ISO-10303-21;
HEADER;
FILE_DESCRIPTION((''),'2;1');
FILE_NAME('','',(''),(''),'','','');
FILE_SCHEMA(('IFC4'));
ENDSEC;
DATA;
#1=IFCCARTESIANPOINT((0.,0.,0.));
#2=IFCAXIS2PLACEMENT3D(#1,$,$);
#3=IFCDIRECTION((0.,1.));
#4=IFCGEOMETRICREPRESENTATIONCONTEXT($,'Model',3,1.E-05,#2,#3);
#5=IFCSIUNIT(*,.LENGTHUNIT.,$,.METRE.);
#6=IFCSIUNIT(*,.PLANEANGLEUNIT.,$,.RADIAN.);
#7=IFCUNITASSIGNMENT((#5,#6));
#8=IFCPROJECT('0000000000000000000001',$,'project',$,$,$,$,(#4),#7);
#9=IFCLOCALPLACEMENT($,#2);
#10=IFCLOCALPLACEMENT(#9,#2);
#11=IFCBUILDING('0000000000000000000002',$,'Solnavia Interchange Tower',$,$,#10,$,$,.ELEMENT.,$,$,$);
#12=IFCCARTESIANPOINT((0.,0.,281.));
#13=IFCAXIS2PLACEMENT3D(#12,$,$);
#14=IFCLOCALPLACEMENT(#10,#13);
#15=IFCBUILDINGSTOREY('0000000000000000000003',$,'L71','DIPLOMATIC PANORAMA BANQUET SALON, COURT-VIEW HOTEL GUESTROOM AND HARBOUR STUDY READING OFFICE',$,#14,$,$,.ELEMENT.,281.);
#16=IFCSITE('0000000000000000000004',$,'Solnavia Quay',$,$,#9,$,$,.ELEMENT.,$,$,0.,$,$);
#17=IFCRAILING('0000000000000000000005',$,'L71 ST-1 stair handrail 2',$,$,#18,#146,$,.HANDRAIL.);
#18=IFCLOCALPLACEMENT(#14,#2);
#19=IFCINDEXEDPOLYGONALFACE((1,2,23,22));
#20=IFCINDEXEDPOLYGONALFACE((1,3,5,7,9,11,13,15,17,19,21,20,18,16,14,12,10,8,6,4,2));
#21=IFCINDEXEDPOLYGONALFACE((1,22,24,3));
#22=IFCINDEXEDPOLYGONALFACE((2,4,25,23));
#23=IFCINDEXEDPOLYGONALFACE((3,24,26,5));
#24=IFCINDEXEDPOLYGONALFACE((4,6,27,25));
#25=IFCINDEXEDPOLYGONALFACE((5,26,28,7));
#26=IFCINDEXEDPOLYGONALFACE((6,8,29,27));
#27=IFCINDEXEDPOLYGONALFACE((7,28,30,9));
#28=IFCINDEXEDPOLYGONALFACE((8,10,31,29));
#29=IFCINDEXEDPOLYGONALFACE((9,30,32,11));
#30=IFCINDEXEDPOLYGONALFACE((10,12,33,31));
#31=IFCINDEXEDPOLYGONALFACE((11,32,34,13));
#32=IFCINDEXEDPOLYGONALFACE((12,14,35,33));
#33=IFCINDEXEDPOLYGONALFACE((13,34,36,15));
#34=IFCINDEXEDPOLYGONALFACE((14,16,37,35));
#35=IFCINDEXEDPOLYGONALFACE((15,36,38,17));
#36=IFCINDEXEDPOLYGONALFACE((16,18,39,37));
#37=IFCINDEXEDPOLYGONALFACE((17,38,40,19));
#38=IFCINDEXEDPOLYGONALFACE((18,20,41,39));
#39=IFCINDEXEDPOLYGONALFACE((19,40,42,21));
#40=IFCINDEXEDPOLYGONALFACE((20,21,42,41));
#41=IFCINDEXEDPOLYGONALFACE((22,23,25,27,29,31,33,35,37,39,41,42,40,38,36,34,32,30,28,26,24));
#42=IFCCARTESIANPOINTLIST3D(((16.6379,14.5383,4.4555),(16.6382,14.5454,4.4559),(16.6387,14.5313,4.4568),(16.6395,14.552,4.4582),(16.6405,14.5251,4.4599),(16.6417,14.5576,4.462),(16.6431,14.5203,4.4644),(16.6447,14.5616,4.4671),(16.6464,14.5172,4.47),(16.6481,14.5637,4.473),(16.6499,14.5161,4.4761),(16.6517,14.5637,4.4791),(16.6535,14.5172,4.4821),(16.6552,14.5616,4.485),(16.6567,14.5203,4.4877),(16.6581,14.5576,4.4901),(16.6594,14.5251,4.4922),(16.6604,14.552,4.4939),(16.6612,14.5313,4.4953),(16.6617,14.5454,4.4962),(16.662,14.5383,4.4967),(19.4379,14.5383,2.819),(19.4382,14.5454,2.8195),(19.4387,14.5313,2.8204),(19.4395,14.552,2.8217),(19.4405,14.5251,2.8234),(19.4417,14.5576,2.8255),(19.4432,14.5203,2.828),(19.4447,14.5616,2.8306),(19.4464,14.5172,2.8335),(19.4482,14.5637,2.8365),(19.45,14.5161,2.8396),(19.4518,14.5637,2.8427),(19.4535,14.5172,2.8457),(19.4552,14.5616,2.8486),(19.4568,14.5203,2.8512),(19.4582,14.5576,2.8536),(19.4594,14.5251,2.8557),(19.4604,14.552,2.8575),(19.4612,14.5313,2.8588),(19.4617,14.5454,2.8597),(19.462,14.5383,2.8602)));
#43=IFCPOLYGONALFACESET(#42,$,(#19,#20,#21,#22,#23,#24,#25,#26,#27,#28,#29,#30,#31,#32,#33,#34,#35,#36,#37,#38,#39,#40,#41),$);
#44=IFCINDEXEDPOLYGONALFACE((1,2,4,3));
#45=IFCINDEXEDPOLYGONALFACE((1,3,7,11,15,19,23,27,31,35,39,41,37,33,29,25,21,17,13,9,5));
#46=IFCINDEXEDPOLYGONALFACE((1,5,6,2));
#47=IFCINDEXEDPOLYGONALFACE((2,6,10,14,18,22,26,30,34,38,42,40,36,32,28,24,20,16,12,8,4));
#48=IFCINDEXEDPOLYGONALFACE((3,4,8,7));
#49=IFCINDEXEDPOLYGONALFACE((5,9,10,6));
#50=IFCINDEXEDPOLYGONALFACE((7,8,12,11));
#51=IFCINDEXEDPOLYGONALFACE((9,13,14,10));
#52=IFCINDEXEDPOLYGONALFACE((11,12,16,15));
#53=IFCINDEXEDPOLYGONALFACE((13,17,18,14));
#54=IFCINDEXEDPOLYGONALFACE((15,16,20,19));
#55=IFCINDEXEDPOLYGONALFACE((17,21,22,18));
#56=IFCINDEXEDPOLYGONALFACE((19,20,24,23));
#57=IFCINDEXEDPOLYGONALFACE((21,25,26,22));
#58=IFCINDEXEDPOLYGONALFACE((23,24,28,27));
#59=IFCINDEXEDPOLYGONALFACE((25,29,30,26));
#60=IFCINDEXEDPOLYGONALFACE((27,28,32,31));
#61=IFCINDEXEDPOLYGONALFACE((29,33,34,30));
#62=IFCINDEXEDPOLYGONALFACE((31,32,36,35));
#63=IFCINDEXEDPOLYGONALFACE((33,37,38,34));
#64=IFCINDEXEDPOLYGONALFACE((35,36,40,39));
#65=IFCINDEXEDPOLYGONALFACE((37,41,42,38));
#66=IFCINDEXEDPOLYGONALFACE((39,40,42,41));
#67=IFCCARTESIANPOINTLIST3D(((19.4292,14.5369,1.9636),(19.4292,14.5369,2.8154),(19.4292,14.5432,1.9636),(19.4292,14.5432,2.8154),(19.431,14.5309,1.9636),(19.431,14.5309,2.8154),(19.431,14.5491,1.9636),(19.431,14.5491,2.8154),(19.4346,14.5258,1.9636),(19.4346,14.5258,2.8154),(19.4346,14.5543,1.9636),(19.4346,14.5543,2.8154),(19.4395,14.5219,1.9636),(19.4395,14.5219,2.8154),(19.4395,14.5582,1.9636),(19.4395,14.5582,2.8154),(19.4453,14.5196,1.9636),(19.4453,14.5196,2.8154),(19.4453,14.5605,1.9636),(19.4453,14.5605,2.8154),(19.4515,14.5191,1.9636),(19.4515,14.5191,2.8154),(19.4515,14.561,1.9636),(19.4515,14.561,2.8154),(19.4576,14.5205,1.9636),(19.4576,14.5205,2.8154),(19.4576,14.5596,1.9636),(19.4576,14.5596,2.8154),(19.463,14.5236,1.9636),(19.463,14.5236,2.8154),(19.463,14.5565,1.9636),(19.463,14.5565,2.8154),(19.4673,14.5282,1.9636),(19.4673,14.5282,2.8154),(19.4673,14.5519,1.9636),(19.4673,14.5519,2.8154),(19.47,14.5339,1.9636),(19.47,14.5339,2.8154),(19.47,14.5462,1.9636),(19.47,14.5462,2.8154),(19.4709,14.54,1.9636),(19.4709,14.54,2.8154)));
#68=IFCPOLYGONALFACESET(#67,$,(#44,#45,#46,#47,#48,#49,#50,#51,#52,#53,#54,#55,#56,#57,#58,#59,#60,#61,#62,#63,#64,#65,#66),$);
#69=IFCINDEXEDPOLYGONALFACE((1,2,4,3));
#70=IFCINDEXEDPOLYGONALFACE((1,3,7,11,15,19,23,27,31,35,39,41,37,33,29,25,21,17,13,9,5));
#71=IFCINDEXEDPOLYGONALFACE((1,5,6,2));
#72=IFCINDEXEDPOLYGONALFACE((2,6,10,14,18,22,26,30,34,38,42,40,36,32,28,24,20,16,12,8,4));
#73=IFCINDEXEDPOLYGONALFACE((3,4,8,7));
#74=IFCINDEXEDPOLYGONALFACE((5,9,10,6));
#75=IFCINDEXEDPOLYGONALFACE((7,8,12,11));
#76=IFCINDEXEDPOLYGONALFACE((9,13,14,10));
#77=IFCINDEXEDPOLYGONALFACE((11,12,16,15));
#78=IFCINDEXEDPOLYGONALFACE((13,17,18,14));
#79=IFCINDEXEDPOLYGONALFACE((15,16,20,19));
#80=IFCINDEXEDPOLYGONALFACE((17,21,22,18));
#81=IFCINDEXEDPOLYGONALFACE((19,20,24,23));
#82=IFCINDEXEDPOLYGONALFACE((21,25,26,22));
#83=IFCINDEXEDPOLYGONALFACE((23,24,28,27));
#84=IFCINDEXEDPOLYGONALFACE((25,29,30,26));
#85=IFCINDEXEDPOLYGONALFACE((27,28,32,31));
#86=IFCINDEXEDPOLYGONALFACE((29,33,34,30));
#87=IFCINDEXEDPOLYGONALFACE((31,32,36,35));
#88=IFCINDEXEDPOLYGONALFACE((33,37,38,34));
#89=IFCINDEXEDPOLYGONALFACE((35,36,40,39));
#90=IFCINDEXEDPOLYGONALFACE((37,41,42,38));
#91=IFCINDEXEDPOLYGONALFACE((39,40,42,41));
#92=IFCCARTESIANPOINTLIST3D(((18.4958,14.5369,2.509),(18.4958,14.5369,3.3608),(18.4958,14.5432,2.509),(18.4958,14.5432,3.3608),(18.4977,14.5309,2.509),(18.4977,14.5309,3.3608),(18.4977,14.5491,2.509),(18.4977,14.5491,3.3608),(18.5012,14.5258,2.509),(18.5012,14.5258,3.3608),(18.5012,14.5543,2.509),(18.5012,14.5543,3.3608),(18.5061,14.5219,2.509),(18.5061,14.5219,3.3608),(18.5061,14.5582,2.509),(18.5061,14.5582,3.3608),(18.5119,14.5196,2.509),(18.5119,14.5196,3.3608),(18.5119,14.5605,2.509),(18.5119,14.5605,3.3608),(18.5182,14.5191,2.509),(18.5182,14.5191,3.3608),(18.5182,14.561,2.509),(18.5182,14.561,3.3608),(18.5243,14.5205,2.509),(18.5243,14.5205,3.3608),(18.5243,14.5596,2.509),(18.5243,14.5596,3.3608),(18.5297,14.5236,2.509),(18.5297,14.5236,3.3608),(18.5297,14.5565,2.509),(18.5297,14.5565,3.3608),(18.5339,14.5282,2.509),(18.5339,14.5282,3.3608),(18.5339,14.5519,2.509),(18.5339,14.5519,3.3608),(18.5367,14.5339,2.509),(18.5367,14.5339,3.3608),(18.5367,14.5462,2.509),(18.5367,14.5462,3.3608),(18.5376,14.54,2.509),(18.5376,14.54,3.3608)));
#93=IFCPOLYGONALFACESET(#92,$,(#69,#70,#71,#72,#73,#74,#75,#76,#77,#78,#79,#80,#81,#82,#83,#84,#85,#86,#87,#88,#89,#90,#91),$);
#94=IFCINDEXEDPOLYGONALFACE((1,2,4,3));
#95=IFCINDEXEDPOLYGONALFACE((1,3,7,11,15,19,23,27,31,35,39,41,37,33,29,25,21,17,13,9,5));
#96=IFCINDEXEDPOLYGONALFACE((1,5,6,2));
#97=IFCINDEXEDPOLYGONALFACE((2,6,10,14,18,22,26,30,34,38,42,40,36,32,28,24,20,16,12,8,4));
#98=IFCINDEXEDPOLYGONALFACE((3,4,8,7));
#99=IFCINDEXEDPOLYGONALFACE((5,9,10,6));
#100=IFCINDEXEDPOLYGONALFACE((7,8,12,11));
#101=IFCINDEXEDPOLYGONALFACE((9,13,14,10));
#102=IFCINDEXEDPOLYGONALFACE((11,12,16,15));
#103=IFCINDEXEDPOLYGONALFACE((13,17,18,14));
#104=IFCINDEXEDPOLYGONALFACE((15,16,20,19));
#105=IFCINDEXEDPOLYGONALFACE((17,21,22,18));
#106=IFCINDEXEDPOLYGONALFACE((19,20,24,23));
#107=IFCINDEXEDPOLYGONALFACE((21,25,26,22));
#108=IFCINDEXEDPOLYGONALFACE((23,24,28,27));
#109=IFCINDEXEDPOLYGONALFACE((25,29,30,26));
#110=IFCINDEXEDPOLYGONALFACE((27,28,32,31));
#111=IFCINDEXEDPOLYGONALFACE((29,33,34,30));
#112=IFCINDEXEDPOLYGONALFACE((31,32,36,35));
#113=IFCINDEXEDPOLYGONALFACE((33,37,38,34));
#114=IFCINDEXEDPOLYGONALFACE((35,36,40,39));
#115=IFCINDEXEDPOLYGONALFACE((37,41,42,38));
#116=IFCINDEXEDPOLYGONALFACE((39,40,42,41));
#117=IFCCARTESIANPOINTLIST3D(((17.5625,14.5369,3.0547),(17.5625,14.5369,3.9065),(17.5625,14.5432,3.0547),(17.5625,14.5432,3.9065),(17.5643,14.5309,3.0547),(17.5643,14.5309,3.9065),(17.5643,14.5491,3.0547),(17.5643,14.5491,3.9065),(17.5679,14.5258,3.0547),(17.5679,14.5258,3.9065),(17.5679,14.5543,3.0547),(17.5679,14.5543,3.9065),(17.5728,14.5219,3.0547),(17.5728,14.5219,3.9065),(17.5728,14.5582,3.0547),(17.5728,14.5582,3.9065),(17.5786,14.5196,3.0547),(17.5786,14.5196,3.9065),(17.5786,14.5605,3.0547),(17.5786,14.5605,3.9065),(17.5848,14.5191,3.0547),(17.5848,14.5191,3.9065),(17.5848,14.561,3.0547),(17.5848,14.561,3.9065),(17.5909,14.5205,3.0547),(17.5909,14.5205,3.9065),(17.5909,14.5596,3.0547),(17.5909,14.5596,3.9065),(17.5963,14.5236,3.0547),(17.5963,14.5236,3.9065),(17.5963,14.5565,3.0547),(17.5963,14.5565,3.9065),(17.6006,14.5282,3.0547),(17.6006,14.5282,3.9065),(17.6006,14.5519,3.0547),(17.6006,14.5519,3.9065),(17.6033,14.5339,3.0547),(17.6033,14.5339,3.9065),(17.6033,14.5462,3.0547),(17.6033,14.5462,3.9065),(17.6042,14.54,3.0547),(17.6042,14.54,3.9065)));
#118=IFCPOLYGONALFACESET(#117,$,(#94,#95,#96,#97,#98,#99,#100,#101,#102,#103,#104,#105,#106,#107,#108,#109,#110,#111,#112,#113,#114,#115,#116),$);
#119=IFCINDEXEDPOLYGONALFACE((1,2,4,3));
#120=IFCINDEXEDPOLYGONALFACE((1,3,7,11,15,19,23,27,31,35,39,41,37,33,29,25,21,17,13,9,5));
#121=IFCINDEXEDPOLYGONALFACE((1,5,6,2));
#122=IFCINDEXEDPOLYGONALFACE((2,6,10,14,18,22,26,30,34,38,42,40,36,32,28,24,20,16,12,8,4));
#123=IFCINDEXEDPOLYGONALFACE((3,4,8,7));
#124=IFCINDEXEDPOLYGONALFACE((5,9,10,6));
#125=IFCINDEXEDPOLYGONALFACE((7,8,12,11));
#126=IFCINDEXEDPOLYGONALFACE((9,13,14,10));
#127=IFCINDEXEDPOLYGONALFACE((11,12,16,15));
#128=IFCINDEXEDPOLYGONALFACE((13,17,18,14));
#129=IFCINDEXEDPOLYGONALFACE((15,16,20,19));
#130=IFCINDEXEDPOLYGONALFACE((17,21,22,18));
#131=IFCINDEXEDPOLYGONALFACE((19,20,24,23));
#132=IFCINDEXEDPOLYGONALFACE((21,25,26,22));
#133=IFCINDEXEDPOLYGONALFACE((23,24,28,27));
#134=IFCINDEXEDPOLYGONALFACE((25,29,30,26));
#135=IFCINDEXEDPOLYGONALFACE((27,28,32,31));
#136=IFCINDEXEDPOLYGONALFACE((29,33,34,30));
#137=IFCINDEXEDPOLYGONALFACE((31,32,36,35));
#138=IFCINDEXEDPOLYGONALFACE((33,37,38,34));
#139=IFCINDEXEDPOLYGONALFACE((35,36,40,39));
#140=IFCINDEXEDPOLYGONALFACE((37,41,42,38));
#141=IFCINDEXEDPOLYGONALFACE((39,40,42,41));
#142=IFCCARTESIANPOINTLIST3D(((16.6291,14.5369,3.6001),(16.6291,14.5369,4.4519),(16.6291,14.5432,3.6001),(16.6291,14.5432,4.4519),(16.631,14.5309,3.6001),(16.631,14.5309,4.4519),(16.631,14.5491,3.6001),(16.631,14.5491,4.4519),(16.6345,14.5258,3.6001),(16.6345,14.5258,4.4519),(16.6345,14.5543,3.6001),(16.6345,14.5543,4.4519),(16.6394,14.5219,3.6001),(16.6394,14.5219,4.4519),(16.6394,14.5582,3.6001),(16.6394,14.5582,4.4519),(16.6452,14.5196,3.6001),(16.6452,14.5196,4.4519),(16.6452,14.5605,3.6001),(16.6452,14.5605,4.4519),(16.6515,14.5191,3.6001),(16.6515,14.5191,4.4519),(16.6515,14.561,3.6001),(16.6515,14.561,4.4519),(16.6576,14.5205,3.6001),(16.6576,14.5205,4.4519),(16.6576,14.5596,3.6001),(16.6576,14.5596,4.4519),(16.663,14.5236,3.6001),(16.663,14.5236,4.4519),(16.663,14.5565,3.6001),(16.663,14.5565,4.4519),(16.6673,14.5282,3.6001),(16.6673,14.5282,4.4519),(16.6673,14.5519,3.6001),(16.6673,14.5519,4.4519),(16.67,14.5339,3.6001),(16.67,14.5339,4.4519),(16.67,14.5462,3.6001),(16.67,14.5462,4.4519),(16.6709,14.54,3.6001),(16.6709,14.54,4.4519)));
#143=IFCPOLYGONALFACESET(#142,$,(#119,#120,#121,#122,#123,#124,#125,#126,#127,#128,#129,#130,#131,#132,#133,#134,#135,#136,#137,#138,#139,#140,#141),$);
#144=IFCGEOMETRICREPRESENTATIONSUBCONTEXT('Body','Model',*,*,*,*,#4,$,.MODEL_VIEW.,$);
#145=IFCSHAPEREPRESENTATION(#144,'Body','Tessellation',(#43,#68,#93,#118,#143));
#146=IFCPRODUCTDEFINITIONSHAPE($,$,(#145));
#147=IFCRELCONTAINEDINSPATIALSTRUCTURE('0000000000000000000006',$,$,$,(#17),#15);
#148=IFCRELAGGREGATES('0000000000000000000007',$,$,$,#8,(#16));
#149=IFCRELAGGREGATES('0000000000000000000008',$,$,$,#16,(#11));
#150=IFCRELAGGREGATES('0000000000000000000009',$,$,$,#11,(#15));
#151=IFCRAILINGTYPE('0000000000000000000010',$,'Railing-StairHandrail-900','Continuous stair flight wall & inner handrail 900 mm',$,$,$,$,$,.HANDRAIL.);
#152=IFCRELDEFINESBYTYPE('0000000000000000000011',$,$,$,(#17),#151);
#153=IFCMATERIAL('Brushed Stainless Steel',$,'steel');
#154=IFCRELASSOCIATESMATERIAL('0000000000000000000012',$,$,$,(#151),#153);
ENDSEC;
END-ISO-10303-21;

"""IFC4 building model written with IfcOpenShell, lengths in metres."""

from ifc_helpers import new_model, si_unit, direction, frame, origin, origin_2d, place, context, subcontext, project, spatial, circle, extrude, material, type_object, element, save


model = new_model("IFC4")

# Units and contexts
model_context = context("Model", 3, precision=1e-05, world=origin(), true_north=direction((0.0, 1.0)))
body_context = subcontext(model_context, "Body", "Model", "MODEL_VIEW")
ifc_project = project(units=[si_unit("LENGTHUNIT", "METRE"), si_unit("PLANEANGLEUNIT", "RADIAN")], contexts=[model_context])

# Site, building, storey
site_placement = place(None, origin())
site = spatial("IfcSite", under=ifc_project, at=site_placement, Name="Solnavia Quay", CompositionType="ELEMENT", RefElevation=0.0)
building_placement = place(site_placement, origin())
building = spatial("IfcBuilding", under=site, at=building_placement, Name="Solnavia Interchange Tower", CompositionType="ELEMENT")
storey_placement = place(building_placement, frame((0.0, 0.0, 281.0)))
storey = spatial("IfcBuildingStorey", under=building, at=storey_placement, Name="L71", Description="DIPLOMATIC PANORAMA BANQUET SALON, COURT-VIEW HOTEL GUESTROOM AND HARBOUR STUDY READING OFFICE", CompositionType="ELEMENT", Elevation=281.0)

# Railing
ifc_material_1 = material(Name="Brushed Stainless Steel", Category="steel")
railing_type_1 = type_object("IfcRailingType", Name="Railing-StairHandrail-900", Description="Continuous stair flight wall & inner handrail 900 mm", PredefinedType="HANDRAIL", material=ifc_material_1)
railing_1_placement = place(storey_placement, frame((19.45, 14.54, 1.9636)))
element("IfcRailing", 1, at=railing_1_placement, inside=storey, type_object=railing_type_1, Name="L71 ST-1 stair handrail 2", PredefinedType="HANDRAIL", context=body_context, shape_type="SweptSolid", body=[
    extrude(circle(Radius=0.0239, at=origin_2d()), frame((0.0, 0.0, 0.876), z_axis=(-0.863361, 0.0, 0.504587), x_axis=(0.0, -1.0, 0.0)), (0.0, 0.0, 1.0), 3.2432),
    extrude(circle(Radius=0.021, at=origin_2d()), origin(), (0.0, 0.0, 1.0), 0.8518),
    extrude(circle(Radius=0.021, at=origin_2d()), frame((-0.9333, 0.0, 0.5454)), (0.0, 0.0, 1.0), 0.8518),
    extrude(circle(Radius=0.021, at=origin_2d()), frame((-1.8667, 0.0, 1.0911)), (0.0, 0.0, 1.0), 0.8518),
    extrude(circle(Radius=0.021, at=origin_2d()), frame((-2.8, 0.0, 1.6365)), (0.0, 0.0, 1.0), 0.8518),
])

save(model, "model.ifc")
